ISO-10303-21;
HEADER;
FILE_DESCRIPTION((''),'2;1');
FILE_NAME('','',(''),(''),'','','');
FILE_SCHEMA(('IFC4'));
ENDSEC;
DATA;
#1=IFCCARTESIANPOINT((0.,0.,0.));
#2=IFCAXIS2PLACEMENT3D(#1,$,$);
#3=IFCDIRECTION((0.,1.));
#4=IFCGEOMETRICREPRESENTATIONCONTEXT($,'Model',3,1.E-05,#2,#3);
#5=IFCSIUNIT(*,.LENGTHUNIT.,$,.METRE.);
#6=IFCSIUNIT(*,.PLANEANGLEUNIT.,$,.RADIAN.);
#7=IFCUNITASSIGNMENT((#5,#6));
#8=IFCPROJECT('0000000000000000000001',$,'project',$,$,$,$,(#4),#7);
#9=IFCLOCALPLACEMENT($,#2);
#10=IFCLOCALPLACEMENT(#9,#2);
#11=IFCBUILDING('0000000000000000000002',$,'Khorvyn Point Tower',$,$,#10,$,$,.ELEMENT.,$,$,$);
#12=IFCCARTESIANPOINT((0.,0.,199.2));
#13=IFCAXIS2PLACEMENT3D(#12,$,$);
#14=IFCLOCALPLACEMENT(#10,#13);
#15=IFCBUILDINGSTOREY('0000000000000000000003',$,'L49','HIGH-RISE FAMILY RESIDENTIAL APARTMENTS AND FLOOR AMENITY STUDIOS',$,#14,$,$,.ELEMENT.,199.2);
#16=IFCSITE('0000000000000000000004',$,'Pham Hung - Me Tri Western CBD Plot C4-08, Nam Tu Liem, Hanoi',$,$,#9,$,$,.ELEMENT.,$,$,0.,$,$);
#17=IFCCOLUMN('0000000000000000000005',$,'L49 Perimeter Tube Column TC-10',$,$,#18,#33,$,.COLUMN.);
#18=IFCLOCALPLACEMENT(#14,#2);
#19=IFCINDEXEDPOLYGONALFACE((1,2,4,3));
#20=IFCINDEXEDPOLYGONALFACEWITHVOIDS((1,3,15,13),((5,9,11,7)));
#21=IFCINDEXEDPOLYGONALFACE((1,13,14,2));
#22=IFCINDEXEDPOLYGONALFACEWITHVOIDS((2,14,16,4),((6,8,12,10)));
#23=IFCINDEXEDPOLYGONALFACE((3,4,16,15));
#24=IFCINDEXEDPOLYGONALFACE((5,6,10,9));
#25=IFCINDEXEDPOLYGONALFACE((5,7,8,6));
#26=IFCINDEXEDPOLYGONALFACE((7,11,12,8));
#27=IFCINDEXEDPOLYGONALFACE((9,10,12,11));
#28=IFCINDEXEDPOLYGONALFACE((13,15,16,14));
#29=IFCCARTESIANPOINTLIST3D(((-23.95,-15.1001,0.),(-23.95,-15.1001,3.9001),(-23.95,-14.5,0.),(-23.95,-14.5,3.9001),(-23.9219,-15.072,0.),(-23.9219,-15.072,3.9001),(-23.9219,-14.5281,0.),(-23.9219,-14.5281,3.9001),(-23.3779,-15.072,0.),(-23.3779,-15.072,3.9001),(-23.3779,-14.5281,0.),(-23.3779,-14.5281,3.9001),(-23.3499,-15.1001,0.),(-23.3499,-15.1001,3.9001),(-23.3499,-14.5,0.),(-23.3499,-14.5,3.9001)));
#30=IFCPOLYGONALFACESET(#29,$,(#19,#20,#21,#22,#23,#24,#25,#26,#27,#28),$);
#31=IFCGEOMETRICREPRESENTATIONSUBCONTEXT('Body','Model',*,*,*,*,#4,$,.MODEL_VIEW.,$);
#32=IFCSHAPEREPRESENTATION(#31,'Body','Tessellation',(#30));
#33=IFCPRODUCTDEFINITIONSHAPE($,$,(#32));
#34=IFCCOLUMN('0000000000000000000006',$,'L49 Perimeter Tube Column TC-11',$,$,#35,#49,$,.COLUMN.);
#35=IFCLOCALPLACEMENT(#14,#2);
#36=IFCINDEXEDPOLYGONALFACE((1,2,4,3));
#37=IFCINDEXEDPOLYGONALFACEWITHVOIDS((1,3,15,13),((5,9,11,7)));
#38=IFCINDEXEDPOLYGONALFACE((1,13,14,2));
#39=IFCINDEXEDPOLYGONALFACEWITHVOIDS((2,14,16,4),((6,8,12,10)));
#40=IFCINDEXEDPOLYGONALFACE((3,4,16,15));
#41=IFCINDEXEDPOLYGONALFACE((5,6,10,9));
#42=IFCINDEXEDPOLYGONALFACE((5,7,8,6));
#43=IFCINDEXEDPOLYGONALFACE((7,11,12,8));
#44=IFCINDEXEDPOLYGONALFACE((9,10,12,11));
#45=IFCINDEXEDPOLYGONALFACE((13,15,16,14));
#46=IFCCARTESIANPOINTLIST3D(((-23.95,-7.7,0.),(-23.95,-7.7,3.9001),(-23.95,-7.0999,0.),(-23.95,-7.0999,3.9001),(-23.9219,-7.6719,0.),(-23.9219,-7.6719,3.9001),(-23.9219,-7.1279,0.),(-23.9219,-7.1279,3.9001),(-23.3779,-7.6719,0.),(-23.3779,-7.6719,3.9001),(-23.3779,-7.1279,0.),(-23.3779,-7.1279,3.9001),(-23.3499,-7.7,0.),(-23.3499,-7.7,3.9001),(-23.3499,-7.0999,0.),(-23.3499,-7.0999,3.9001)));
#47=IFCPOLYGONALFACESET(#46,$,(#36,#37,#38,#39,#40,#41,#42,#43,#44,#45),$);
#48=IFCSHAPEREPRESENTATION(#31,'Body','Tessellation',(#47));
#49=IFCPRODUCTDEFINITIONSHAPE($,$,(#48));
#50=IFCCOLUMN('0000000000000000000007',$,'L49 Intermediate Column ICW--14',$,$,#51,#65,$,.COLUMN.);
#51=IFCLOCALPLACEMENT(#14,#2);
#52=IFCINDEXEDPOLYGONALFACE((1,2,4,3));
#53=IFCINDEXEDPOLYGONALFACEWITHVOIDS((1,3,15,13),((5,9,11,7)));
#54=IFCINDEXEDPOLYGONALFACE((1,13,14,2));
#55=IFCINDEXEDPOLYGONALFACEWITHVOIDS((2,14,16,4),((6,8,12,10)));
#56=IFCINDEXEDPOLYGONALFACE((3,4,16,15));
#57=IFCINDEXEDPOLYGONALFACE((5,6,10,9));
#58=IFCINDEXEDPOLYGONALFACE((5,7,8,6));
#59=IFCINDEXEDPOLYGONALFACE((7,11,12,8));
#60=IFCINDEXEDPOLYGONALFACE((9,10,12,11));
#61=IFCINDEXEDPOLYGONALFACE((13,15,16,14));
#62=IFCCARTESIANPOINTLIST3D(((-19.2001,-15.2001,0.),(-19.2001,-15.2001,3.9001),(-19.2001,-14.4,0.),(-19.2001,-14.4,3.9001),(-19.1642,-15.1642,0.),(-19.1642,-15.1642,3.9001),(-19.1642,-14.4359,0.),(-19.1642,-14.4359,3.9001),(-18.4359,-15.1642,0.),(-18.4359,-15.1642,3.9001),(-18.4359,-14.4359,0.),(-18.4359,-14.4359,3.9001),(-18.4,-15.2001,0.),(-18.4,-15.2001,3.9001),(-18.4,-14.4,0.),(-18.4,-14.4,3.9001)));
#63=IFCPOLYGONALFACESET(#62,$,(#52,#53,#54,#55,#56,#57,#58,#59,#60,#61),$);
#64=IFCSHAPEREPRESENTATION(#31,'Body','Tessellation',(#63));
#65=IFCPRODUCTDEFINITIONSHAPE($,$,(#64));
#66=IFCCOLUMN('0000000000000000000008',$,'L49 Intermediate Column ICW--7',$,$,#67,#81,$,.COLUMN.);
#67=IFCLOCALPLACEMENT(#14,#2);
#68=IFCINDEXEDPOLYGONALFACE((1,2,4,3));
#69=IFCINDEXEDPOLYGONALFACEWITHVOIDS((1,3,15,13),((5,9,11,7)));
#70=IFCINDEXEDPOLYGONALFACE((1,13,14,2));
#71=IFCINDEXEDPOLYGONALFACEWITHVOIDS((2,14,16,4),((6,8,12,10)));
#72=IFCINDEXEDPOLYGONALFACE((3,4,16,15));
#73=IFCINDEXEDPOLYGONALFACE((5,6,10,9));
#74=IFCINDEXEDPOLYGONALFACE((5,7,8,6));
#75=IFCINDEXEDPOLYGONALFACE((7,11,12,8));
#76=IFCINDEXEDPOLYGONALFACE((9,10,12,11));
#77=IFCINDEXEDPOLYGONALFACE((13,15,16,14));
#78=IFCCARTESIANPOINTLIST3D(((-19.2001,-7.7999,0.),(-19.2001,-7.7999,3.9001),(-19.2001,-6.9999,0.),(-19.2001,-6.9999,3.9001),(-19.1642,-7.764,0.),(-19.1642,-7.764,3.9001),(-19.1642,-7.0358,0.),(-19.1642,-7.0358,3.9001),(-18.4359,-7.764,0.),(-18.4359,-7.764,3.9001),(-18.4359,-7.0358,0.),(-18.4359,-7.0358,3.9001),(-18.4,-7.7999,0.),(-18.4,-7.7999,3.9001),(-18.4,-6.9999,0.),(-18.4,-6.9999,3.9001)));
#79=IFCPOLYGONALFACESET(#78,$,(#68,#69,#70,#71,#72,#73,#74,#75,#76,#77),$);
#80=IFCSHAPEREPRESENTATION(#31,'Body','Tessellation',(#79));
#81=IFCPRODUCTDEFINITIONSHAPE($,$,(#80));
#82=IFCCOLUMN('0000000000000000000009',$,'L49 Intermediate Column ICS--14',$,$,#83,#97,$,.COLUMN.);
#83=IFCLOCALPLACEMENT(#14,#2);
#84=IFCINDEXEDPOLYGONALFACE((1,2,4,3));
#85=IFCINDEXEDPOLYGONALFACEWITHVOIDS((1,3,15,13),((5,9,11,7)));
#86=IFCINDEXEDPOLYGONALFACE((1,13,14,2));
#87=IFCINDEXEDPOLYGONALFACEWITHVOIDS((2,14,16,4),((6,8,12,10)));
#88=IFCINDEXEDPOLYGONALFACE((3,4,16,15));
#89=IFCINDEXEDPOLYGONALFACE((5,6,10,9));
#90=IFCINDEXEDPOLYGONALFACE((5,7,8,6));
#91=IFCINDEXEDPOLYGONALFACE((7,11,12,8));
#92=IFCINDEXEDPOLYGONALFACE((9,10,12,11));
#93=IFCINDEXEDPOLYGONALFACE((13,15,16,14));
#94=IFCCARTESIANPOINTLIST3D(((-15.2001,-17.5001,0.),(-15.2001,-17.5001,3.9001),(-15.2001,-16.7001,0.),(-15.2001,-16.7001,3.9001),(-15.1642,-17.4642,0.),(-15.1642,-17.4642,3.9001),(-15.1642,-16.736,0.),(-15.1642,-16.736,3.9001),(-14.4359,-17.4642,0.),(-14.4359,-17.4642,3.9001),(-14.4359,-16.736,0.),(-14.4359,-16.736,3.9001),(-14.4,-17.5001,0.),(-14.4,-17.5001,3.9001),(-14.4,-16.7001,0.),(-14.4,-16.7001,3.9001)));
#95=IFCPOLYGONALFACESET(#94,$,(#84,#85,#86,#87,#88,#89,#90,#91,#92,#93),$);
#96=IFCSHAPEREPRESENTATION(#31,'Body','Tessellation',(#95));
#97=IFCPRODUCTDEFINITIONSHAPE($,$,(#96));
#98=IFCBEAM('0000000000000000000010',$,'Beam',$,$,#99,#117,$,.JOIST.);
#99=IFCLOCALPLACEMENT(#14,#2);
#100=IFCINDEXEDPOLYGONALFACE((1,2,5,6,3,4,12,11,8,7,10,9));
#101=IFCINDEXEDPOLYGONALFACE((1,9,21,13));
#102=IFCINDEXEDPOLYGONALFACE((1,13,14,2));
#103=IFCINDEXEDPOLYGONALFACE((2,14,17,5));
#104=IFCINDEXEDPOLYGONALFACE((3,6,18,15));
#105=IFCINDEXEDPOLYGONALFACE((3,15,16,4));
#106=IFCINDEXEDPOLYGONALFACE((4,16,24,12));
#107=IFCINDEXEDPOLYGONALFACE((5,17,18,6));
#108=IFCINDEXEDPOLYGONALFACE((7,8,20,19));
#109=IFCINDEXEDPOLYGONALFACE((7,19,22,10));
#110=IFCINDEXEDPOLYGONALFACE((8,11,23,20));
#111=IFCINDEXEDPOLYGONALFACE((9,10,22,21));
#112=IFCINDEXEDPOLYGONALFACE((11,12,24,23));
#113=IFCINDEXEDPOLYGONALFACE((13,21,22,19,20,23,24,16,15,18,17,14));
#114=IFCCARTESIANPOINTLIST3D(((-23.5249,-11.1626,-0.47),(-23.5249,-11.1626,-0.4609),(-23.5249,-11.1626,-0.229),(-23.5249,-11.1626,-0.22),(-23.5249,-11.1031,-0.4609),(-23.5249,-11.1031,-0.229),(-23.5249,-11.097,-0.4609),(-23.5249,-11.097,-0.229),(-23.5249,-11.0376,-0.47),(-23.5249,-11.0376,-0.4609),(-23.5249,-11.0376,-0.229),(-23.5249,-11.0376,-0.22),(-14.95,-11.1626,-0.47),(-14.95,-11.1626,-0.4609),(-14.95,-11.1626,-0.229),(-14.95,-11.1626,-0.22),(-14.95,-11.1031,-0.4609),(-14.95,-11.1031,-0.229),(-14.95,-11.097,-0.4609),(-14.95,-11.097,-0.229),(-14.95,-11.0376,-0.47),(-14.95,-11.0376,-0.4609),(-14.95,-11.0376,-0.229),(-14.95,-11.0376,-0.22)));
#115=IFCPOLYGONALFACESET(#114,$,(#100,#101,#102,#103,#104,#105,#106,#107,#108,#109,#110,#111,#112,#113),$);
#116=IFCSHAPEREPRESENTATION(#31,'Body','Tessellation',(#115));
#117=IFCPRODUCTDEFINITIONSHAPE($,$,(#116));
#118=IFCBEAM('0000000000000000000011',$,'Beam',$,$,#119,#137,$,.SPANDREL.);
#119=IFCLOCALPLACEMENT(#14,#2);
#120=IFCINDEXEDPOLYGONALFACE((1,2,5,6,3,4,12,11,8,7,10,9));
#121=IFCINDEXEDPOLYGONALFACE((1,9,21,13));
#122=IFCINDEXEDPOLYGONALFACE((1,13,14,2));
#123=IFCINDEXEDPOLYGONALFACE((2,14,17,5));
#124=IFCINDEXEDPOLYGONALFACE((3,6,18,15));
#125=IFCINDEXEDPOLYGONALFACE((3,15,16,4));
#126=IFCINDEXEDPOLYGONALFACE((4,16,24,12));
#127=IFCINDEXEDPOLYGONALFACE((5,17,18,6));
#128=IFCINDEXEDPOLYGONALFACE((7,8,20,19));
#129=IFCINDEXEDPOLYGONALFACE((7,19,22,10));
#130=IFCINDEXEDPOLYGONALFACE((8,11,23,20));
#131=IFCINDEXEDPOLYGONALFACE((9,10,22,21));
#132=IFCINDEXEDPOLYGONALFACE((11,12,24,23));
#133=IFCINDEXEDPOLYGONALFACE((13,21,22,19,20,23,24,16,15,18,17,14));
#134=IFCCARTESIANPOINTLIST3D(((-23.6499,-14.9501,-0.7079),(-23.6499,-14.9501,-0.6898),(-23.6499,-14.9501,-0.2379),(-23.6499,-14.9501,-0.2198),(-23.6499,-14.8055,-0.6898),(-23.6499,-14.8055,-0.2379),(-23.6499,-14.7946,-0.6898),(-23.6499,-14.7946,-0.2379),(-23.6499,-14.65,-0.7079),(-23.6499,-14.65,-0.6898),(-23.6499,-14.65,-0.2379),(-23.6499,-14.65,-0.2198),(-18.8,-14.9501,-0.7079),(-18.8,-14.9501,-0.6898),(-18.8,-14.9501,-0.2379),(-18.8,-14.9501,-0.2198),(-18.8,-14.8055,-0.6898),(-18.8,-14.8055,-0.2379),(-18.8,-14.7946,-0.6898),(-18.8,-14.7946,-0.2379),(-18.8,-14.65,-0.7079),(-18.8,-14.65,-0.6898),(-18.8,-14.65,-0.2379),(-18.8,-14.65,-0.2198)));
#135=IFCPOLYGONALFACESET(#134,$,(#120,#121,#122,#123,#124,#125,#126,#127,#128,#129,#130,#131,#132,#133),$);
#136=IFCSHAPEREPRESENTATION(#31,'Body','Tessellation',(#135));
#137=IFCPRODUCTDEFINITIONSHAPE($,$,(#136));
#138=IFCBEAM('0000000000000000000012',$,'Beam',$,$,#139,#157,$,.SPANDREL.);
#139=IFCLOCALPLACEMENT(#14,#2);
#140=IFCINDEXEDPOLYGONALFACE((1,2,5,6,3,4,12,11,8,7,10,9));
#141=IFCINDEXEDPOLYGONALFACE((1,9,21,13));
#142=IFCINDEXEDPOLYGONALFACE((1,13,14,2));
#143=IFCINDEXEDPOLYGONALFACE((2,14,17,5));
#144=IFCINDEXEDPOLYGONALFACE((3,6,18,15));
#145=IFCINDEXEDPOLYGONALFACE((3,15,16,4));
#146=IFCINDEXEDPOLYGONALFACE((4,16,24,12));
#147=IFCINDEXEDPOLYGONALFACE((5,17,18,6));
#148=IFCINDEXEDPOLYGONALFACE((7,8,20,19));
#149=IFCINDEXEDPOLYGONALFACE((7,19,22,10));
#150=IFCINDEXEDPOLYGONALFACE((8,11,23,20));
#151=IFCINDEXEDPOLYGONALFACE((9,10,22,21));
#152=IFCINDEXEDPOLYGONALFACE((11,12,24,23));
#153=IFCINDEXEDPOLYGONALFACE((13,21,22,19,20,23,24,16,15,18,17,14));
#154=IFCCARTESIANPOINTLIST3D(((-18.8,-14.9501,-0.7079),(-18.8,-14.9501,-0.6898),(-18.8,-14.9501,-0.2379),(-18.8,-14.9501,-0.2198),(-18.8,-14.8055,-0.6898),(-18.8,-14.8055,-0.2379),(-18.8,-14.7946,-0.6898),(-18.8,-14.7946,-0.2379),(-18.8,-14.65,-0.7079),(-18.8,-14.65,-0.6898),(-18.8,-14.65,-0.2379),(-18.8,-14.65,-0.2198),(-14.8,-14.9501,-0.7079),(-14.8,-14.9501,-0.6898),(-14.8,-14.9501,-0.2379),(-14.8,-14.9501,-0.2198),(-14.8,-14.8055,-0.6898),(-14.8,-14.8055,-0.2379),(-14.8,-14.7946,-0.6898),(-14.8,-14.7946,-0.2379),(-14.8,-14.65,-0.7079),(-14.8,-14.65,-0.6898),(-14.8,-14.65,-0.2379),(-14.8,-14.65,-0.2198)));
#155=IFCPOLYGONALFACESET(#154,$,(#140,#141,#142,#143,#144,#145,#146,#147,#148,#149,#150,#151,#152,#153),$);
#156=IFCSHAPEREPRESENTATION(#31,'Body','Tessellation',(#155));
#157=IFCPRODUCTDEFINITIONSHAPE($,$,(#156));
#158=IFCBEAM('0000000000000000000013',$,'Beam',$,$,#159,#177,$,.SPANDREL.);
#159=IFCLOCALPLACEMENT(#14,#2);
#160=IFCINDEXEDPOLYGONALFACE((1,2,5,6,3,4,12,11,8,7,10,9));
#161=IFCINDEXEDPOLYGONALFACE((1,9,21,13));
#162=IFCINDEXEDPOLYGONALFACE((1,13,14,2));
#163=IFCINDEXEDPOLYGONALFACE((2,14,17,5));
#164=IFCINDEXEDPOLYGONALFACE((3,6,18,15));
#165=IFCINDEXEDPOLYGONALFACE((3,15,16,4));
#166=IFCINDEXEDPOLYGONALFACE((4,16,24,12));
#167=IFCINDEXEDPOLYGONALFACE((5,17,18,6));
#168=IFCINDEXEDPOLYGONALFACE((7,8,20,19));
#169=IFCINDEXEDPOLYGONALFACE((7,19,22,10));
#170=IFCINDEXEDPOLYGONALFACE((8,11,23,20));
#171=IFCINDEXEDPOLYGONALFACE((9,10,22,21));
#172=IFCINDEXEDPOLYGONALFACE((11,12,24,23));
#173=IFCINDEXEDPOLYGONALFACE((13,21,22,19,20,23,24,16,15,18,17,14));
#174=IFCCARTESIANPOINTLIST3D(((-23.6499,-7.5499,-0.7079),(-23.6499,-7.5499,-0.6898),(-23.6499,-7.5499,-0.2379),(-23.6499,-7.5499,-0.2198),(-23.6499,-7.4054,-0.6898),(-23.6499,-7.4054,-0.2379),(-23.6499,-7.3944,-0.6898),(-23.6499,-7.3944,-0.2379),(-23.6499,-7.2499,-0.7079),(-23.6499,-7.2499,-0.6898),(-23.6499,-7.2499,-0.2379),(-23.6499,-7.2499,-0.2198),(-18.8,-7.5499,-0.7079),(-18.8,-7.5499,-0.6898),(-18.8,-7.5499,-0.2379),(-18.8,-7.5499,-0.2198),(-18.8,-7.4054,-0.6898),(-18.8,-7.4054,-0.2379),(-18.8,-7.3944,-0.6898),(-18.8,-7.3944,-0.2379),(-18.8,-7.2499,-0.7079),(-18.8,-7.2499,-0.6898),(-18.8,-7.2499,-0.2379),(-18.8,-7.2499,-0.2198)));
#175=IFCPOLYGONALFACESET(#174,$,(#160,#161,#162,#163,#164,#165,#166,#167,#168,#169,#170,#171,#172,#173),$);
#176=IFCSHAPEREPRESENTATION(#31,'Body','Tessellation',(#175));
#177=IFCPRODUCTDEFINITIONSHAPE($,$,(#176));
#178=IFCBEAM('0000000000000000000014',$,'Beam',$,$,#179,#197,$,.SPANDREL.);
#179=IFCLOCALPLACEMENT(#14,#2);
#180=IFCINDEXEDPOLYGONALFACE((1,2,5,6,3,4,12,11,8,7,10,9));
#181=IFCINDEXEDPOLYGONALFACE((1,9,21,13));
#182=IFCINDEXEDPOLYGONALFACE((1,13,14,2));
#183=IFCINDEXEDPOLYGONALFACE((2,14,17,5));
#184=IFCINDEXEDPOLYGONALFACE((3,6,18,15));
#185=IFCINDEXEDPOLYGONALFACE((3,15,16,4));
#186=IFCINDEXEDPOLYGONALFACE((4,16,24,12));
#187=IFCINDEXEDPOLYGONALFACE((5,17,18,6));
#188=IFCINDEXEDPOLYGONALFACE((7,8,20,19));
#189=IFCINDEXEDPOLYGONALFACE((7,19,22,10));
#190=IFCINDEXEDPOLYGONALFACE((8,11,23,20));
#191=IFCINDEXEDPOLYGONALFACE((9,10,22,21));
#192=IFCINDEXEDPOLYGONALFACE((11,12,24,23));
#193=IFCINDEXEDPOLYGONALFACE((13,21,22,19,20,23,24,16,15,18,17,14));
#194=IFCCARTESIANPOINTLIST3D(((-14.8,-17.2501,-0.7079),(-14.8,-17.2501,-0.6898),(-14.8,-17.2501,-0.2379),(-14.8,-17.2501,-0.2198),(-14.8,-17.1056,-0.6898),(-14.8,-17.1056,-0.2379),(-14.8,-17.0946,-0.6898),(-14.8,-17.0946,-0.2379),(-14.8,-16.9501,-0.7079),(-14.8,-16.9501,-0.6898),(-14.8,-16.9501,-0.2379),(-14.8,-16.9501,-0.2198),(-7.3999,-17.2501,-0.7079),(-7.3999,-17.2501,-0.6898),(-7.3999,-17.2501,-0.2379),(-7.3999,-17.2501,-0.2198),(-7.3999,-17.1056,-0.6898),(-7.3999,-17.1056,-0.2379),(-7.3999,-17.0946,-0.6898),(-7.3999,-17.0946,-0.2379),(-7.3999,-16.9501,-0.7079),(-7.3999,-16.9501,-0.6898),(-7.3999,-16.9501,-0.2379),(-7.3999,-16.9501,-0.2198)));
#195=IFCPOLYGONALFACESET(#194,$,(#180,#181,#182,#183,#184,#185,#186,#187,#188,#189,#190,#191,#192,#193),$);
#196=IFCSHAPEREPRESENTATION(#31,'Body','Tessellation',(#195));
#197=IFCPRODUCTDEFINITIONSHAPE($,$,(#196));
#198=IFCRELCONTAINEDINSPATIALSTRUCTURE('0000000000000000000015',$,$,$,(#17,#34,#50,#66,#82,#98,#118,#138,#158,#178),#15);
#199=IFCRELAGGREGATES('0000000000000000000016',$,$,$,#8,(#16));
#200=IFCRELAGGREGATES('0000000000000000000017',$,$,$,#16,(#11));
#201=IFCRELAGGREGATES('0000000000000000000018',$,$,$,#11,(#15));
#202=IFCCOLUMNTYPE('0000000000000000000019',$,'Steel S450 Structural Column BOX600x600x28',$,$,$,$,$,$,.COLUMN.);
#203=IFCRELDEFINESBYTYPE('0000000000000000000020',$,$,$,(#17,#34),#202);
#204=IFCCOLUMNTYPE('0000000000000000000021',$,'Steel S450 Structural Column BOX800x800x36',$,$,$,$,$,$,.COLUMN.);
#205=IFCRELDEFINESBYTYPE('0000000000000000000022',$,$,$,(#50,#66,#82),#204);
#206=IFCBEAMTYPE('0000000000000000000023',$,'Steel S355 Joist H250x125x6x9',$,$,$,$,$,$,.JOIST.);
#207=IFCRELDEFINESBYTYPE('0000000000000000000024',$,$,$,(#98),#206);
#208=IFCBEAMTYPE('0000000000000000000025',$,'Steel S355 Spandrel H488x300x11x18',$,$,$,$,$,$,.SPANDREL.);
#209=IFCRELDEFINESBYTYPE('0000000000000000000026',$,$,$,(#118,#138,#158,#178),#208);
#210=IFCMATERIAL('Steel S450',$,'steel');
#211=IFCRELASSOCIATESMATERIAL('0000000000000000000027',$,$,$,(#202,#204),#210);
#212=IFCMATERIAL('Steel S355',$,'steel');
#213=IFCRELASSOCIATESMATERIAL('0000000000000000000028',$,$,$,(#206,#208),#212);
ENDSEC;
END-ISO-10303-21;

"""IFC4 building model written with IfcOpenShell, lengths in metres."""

from ifc_helpers import new_model, si_unit, direction, frame, origin, origin_2d, place, context, subcontext, project, spatial, hollow_rectangle, i_section, extrude, material, material_profile, profile_set, type_object, element, save


model = new_model("IFC4")

# Units and contexts
model_context = context("Model", 3, precision=1e-05, world=origin(), true_north=direction((0.0, 1.0)))
body_context = subcontext(model_context, "Body", "Model", "MODEL_VIEW")
ifc_project = project(units=[si_unit("LENGTHUNIT", "METRE"), si_unit("PLANEANGLEUNIT", "RADIAN")], contexts=[model_context])

# Site, building, storey
site_placement = place(None, origin())
site = spatial("IfcSite", under=ifc_project, at=site_placement, Name="Pham Hung - Me Tri Western CBD Plot C4-08, Nam Tu Liem, Hanoi", CompositionType="ELEMENT", RefElevation=0.0)
building_placement = place(site_placement, origin())
building = spatial("IfcBuilding", under=site, at=building_placement, Name="Khorvyn Point Tower", CompositionType="ELEMENT")
storey_placement = place(building_placement, frame((0.0, 0.0, 199.2)))
storey = spatial("IfcBuildingStorey", under=building, at=storey_placement, Name="L49", Description="HIGH-RISE FAMILY RESIDENTIAL APARTMENTS AND FLOOR AMENITY STUDIOS", CompositionType="ELEMENT", Elevation=199.2)

# Columns
ifc_material_1 = material(Name="Steel S450", Category="steel")
ifc_material_profile_1 = material_profile(ifc_material_1, hollow_rectangle(XDim=0.6001, YDim=0.6001, WallThickness=0.0281, at=origin_2d()))
ifc_profile_set_1 = profile_set([ifc_material_profile_1], Name="Steel S450 BOX600x600x28")
column_type_1 = type_object("IfcColumnType", Name="Steel S450 Structural Column BOX600x600x28", PredefinedType="COLUMN", material=ifc_profile_set_1)
for number, where, z_axis, x_axis, name in (
    (1, (-23.6499, -14.8, 0.0), (0.0, 0.0, 1.0), (1.0, 0.0, 0.0), "L49 Perimeter Tube Column TC-10"),
    (2, (-23.6499, -7.3999, 0.0), (0.0, 0.0, 1.0), (1.0, 0.0, 0.0), "L49 Perimeter Tube Column TC-11"),
):
    element("IfcColumn", number, at=place(storey_placement, frame(where, z_axis=z_axis, x_axis=x_axis)), inside=storey, type_object=column_type_1, Name=name, PredefinedType="COLUMN", context=body_context, shape_type="SweptSolid", body=[
        extrude(hollow_rectangle(XDim=0.6001, YDim=0.6001, WallThickness=0.0281, at=origin_2d()), origin(), (0.0, 0.0, 1.0), 3.9001),
    ])
ifc_material_profile_2 = material_profile(ifc_material_1, hollow_rectangle(XDim=0.8, YDim=0.8, WallThickness=0.0359, at=origin_2d()))
ifc_profile_set_2 = profile_set([ifc_material_profile_2], Name="Steel S450 BOX800x800x36")
column_type_2 = type_object("IfcColumnType", Name="Steel S450 Structural Column BOX800x800x36", PredefinedType="COLUMN", material=ifc_profile_set_2)
for number, where, z_axis, x_axis, name in (
    (3, (-18.8, -14.8, 0.0), (0.0, 0.0, 1.0), (1.0, 0.0, 0.0), "L49 Intermediate Column ICW--14"),
    (4, (-18.8, -7.3999, 0.0), (0.0, 0.0, 1.0), (1.0, 0.0, 0.0), "L49 Intermediate Column ICW--7"),
    (5, (-14.8, -17.1001, 0.0), (0.0, 0.0, 1.0), (1.0, 0.0, 0.0), "L49 Intermediate Column ICS--14"),
):
    element("IfcColumn", number, at=place(storey_placement, frame(where, z_axis=z_axis, x_axis=x_axis)), inside=storey, type_object=column_type_2, Name=name, PredefinedType="COLUMN", context=body_context, shape_type="SweptSolid", body=[
        extrude(hollow_rectangle(XDim=0.8, YDim=0.8, WallThickness=0.0359, at=origin_2d()), origin(), (0.0, 0.0, 1.0), 3.9001),
    ])

# Beams
ifc_material_2 = material(Name="Steel S355", Category="steel")
ifc_material_profile_3 = material_profile(ifc_material_2, i_section(OverallWidth=0.125, OverallDepth=0.25, WebThickness=0.0061, FlangeThickness=0.009, at=origin_2d()))
ifc_profile_set_3 = profile_set([ifc_material_profile_3], Name="Steel S355 H250x125x6x9")
beam_type_1 = type_object("IfcBeamType", Name="Steel S355 Joist H250x125x6x9", PredefinedType="JOIST", material=ifc_profile_set_3)
beam_1_placement = place(storey_placement, frame((-23.5249, -11.1001, -0.345), z_axis=(1.0, 0.0, 0.0), x_axis=(0.0, 1.0, 0.0)))
element("IfcBeam", 6, at=beam_1_placement, inside=storey, type_object=beam_type_1, Name="Beam", PredefinedType="JOIST", context=body_context, shape_type="SweptSolid", body=[
    extrude(i_section(OverallWidth=0.125, OverallDepth=0.25, WebThickness=0.0061, FlangeThickness=0.009, at=origin_2d()), origin(), (0.0, 0.0, 1.0), 8.575),
])
ifc_material_profile_4 = material_profile(ifc_material_2, i_section(OverallWidth=0.3, OverallDepth=0.488, WebThickness=0.011, FlangeThickness=0.0181, at=origin_2d()))
ifc_profile_set_4 = profile_set([ifc_material_profile_4], Name="Steel S355 H488x300x11x18")
beam_type_2 = type_object("IfcBeamType", Name="Steel S355 Spandrel H488x300x11x18", PredefinedType="SPANDREL", material=ifc_profile_set_4)
beam_2_placement = place(storey_placement, frame((-23.6499, -14.8, -0.4639), z_axis=(1.0, 0.0, 0.0), x_axis=(0.0, 1.0, 0.0)))
element("IfcBeam", 7, at=beam_2_placement, inside=storey, type_object=beam_type_2, Name="Beam", PredefinedType="SPANDREL", context=body_context, shape_type="SweptSolid", body=[
    extrude(i_section(OverallWidth=0.3, OverallDepth=0.488, WebThickness=0.011, FlangeThickness=0.0181, at=origin_2d()), origin(), (0.0, 0.0, 1.0), 4.8499),
])
beam_3_placement = place(storey_placement, frame((-18.8, -14.8, -0.4639), z_axis=(1.0, 0.0, 0.0), x_axis=(0.0, 1.0, 0.0)))
element("IfcBeam", 8, at=beam_3_placement, inside=storey, type_object=beam_type_2, Name="Beam", PredefinedType="SPANDREL", context=body_context, shape_type="SweptSolid", body=[
    extrude(i_section(OverallWidth=0.3, OverallDepth=0.488, WebThickness=0.011, FlangeThickness=0.0181, at=origin_2d()), origin(), (0.0, 0.0, 1.0), 4.0),
])
beam_4_placement = place(storey_placement, frame((-23.6499, -7.3999, -0.4639), z_axis=(1.0, 0.0, 0.0), x_axis=(0.0, 1.0, 0.0)))
element("IfcBeam", 9, at=beam_4_placement, inside=storey, type_object=beam_type_2, Name="Beam", PredefinedType="SPANDREL", context=body_context, shape_type="SweptSolid", body=[
    extrude(i_section(OverallWidth=0.3, OverallDepth=0.488, WebThickness=0.011, FlangeThickness=0.0181, at=origin_2d()), origin(), (0.0, 0.0, 1.0), 4.8499),
])
for number, where, z_axis, x_axis, name in (
    (10, (-14.8, -17.1001, -0.4639), (1.0, 0.0, 0.0), (0.0, 1.0, 0.0), "Beam"),
):
    element("IfcBeam", number, at=place(storey_placement, frame(where, z_axis=z_axis, x_axis=x_axis)), inside=storey, type_object=beam_type_2, Name=name, PredefinedType="SPANDREL", context=body_context, shape_type="SweptSolid", body=[
        extrude(i_section(OverallWidth=0.3, OverallDepth=0.488, WebThickness=0.011, FlangeThickness=0.0181, at=origin_2d()), origin(), (0.0, 0.0, 1.0), 7.4001),
    ])

save(model, "model.ifc")
